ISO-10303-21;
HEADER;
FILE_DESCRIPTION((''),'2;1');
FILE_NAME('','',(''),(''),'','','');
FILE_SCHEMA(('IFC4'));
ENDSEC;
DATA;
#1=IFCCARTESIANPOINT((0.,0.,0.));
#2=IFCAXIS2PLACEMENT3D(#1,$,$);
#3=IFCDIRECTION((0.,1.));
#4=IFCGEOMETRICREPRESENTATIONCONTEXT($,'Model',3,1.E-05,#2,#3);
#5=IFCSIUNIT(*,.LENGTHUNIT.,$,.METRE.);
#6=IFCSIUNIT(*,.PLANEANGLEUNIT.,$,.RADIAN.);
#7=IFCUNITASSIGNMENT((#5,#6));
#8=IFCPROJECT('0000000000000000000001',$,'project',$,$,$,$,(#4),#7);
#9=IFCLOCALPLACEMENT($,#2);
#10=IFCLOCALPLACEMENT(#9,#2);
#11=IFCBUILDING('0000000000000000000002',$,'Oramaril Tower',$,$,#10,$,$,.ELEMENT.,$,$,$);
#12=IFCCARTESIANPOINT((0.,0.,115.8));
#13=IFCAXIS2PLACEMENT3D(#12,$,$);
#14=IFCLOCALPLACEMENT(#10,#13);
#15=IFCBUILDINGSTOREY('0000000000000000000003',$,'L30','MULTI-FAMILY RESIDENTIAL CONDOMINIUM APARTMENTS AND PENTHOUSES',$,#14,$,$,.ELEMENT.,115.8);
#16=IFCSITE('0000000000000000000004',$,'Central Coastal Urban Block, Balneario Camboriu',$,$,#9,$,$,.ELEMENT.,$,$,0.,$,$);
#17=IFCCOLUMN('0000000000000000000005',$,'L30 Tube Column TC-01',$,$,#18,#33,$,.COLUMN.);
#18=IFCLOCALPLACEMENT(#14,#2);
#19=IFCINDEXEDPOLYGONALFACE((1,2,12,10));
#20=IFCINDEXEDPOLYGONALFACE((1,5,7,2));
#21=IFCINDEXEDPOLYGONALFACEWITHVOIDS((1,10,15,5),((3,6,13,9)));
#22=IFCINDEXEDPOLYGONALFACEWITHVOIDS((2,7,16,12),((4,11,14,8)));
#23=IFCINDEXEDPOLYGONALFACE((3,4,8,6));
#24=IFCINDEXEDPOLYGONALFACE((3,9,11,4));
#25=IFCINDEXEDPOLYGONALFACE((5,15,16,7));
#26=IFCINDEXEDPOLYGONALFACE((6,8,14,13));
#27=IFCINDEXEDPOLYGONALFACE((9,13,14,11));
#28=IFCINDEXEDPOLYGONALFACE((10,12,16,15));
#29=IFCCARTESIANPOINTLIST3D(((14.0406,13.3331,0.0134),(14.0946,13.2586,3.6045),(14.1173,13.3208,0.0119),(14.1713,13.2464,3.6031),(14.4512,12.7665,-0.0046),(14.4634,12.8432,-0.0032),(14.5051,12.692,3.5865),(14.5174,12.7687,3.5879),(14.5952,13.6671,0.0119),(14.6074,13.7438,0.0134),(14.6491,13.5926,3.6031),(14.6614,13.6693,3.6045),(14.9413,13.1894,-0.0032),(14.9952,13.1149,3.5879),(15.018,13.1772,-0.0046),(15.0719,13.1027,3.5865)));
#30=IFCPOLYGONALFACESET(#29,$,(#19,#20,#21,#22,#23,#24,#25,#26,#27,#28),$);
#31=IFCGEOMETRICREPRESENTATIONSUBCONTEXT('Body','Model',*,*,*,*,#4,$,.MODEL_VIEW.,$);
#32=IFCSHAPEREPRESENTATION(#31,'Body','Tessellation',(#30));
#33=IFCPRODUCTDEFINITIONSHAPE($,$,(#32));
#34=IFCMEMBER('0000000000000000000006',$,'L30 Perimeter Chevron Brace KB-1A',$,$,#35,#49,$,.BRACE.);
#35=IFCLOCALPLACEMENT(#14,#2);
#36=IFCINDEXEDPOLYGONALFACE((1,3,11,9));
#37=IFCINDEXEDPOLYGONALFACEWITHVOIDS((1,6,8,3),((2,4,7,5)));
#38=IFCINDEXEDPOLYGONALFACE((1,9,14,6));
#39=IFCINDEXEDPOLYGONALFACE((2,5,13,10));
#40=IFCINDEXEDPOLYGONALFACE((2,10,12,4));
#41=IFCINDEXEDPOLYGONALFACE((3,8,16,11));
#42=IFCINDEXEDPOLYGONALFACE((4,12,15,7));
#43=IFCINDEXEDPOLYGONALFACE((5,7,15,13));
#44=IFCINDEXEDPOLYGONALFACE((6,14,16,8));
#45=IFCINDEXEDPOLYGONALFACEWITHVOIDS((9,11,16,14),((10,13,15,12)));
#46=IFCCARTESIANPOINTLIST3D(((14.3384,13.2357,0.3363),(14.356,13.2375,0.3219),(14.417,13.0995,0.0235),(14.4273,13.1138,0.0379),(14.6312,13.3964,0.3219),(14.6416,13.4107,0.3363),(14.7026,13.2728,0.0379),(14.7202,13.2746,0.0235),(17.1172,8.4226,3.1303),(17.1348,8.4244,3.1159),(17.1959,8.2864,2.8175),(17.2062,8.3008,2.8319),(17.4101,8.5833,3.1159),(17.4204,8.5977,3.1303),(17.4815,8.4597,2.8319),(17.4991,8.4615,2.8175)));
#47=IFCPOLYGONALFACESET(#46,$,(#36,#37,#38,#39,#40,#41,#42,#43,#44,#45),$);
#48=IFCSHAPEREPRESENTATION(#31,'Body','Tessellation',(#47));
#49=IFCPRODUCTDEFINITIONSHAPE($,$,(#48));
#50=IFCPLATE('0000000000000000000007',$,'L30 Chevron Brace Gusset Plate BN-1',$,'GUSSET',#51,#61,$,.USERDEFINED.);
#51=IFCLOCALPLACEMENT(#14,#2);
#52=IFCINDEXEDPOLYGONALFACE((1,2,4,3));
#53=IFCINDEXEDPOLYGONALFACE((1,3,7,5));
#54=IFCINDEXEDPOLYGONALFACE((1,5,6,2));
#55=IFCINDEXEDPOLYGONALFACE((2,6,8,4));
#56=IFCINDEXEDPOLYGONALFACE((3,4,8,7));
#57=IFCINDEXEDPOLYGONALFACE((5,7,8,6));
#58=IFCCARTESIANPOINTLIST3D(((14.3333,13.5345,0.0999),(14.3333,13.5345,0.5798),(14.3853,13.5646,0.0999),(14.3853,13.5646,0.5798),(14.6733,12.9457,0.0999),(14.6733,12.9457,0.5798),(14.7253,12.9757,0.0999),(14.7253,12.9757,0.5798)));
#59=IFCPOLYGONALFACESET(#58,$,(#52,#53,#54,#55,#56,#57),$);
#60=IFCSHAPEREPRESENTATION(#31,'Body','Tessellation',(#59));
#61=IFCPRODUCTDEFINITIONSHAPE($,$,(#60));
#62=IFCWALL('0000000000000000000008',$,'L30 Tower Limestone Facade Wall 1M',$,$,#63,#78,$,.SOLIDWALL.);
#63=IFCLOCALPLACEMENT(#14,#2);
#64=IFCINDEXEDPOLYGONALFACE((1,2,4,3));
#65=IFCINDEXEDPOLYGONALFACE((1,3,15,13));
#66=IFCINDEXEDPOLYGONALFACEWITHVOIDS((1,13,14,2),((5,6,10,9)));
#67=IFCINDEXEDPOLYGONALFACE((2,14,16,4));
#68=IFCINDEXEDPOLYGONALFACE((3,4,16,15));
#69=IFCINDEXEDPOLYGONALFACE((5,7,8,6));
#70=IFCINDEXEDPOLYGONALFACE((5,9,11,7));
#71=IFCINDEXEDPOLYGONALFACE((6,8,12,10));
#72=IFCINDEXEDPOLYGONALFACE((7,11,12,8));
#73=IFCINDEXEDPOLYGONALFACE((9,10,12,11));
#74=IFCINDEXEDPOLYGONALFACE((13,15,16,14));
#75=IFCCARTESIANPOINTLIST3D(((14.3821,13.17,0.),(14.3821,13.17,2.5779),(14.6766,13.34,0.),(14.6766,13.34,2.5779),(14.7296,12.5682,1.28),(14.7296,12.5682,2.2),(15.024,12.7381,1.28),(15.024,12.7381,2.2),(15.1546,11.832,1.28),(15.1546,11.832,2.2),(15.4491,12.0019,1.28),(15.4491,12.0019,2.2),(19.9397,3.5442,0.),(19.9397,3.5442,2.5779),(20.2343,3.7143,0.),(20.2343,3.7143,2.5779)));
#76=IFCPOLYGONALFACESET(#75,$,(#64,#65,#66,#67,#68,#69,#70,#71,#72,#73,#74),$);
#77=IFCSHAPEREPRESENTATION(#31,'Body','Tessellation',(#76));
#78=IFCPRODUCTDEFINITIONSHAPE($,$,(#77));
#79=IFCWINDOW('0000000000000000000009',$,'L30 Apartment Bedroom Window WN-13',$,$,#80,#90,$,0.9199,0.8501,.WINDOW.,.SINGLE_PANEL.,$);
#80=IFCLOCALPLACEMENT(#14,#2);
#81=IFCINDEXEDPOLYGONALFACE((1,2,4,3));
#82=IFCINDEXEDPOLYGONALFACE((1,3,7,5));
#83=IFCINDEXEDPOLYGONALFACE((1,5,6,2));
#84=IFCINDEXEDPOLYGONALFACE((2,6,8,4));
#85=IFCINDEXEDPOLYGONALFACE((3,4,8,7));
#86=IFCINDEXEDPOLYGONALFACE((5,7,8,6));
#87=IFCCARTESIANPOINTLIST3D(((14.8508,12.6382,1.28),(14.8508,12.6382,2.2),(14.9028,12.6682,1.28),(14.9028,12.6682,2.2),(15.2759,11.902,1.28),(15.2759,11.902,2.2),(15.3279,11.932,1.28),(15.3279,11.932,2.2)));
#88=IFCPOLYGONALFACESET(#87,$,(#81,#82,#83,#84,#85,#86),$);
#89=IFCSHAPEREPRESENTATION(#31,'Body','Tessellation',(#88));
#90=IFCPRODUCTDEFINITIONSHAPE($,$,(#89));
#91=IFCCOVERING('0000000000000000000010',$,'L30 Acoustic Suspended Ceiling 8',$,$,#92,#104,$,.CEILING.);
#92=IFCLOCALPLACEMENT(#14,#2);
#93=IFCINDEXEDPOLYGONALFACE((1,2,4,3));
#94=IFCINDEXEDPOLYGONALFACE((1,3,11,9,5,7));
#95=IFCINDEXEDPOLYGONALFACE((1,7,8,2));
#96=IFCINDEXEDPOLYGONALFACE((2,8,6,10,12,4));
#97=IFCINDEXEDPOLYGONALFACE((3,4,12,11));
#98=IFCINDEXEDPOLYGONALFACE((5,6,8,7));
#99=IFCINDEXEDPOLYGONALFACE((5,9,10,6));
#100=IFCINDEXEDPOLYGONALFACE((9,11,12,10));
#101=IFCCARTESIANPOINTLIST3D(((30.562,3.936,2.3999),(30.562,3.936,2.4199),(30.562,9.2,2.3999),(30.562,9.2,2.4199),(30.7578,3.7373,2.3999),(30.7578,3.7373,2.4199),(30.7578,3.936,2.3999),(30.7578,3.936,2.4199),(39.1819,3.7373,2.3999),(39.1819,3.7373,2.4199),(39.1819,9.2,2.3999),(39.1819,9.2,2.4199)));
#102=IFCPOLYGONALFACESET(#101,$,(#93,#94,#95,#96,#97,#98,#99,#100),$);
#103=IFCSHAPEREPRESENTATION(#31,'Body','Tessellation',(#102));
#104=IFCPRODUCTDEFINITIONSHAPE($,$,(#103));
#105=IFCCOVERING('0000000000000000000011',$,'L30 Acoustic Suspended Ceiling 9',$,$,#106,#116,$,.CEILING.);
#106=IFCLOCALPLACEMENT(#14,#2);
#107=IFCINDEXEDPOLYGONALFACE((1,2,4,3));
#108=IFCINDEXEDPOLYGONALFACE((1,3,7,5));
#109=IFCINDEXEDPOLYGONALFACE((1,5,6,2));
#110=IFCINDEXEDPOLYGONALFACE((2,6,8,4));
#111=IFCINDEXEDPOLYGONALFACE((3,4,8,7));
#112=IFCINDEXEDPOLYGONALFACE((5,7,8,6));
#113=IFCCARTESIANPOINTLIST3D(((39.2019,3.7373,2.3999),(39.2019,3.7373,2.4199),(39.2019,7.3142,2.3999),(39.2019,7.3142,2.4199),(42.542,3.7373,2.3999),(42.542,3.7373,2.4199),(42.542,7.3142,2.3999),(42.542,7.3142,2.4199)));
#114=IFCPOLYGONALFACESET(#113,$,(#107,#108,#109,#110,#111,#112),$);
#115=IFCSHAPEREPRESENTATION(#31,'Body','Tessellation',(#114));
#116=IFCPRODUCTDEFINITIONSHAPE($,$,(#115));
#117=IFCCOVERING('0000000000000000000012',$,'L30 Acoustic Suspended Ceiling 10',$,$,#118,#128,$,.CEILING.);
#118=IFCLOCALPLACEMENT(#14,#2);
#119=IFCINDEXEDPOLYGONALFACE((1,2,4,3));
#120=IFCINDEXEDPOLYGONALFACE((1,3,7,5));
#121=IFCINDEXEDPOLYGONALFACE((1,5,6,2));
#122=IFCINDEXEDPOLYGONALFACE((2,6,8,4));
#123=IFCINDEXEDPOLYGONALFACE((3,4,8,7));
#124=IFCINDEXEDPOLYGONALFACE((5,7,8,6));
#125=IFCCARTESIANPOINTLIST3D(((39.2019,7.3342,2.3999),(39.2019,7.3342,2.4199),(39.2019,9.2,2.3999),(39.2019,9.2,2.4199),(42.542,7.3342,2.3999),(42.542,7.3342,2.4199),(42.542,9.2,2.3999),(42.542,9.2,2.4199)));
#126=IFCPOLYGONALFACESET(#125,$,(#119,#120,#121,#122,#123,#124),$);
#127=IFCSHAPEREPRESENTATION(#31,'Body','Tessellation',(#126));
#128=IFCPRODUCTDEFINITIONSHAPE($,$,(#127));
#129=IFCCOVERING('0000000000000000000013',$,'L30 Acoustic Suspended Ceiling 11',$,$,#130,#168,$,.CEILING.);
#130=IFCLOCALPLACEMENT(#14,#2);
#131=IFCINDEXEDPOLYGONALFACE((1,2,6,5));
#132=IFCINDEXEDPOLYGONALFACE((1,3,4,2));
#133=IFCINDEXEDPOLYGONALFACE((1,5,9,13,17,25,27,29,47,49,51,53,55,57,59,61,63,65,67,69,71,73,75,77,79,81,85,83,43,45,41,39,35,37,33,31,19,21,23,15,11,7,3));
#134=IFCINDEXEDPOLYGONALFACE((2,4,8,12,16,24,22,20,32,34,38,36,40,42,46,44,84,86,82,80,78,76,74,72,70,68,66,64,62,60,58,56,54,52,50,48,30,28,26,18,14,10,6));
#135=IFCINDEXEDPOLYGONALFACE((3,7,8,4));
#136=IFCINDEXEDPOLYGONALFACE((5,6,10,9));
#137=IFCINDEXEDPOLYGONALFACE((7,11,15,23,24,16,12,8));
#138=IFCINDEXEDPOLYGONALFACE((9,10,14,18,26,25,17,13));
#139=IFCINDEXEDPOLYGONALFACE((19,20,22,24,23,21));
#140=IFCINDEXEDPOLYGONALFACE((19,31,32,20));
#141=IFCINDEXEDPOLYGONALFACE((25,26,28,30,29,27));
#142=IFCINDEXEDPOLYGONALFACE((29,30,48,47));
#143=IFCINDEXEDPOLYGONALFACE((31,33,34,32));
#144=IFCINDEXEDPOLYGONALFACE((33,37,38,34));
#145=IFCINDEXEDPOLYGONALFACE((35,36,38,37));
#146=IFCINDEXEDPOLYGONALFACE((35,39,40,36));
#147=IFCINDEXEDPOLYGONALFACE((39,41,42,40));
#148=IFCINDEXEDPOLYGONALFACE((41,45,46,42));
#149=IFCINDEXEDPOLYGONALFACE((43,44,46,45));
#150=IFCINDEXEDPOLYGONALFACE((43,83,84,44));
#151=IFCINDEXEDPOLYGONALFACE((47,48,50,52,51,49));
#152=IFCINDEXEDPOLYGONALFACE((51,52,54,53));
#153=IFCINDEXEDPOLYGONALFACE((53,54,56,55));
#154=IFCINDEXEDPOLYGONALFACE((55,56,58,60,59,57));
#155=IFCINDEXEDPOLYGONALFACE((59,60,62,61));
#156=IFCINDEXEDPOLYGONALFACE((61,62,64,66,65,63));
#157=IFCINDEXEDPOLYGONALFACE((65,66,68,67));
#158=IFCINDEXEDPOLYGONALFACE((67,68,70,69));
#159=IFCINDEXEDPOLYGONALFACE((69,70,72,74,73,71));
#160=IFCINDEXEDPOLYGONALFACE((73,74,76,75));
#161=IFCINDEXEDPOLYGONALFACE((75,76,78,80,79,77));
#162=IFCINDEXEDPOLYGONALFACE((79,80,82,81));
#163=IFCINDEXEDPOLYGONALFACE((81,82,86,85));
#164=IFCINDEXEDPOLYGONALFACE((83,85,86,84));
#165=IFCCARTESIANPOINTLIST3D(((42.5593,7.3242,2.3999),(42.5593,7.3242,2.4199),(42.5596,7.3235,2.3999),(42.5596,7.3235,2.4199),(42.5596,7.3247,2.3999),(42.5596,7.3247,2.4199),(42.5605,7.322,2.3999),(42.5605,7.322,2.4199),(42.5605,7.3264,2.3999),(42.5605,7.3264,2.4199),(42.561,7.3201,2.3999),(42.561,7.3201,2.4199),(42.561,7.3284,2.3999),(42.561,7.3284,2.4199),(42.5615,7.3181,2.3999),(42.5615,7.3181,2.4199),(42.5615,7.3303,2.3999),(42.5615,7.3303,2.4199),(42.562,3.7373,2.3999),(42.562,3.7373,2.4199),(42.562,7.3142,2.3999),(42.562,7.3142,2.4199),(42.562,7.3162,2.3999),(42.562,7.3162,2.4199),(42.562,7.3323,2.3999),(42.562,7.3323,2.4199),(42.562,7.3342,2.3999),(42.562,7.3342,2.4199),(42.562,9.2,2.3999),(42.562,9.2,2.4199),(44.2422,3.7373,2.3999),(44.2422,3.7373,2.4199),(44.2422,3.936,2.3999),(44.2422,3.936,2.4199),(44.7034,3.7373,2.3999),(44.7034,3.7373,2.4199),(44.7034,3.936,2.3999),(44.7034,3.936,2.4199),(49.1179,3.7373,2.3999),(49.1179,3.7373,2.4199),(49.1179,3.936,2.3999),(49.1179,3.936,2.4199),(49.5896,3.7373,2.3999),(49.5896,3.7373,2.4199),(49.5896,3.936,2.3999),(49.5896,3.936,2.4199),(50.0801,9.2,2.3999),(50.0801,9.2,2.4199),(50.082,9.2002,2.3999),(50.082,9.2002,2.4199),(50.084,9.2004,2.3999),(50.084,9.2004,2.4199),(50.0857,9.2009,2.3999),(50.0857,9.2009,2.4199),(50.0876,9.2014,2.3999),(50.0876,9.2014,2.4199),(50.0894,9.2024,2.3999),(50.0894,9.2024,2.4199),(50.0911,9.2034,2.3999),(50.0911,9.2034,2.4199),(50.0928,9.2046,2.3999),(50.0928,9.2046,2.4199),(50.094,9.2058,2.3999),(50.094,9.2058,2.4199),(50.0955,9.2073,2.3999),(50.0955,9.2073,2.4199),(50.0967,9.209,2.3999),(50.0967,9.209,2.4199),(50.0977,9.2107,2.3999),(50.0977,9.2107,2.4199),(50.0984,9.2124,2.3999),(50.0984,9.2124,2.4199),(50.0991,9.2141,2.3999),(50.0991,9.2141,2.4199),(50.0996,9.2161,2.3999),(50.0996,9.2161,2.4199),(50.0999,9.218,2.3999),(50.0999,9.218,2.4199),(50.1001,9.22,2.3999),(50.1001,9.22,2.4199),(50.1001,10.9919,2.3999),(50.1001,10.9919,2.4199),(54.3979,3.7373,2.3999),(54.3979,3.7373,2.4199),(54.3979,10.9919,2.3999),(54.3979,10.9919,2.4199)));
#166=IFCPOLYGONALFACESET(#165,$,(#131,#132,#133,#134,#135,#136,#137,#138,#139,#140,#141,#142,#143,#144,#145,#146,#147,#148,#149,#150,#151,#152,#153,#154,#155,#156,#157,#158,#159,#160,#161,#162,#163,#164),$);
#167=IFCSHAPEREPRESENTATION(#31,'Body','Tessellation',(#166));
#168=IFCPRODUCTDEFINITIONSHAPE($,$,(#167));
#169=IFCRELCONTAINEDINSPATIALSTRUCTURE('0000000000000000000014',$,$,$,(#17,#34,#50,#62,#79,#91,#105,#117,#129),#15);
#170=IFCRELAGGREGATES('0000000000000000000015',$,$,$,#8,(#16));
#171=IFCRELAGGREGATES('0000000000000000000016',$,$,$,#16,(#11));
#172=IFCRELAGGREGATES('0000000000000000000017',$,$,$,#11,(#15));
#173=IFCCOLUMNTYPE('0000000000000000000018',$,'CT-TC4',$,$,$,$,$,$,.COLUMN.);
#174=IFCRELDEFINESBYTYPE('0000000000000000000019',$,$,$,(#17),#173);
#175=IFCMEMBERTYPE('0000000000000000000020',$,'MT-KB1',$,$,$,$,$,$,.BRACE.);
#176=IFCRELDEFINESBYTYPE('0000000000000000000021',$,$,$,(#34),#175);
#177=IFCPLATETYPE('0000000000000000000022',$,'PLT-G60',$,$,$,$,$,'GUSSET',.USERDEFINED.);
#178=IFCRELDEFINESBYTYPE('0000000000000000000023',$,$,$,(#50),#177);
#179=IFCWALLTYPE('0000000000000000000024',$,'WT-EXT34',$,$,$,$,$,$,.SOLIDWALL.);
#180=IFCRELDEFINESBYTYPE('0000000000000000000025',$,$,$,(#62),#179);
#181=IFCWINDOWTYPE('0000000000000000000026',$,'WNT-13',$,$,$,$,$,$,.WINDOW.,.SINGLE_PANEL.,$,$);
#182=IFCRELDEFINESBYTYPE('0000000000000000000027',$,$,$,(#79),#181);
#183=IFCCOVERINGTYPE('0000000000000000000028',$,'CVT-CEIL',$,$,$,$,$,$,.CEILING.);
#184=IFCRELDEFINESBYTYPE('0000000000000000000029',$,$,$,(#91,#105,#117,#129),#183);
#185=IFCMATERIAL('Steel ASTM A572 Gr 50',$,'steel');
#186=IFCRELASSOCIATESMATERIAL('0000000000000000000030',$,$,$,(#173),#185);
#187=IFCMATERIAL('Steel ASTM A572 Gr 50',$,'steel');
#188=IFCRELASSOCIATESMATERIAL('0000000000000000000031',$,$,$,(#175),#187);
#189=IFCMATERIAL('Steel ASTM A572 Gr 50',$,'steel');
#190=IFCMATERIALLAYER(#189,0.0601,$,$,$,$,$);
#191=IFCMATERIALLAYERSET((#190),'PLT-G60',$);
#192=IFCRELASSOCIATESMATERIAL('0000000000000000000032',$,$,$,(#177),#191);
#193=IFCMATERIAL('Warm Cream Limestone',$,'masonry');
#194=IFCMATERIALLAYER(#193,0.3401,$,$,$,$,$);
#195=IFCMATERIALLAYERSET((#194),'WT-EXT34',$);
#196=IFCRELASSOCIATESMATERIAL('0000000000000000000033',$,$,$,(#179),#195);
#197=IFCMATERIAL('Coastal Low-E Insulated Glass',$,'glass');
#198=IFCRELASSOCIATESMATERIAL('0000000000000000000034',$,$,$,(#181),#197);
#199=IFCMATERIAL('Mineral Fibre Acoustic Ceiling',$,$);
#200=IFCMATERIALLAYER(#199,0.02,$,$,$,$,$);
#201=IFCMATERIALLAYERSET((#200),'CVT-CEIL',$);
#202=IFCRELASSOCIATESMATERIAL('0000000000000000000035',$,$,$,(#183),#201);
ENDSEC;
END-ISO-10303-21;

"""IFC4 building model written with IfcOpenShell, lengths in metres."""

from ifc_helpers import new_model, si_unit, direction, frame, frame_2d, origin, origin_2d, place, context, subcontext, project, spatial, polyline, rectangle, hollow_rectangle, outline, extrude, material, layer, layer_set, material_profile, profile_set, type_object, element, fill, save


model = new_model("IFC4")

# Units and contexts
model_context = context("Model", 3, precision=1e-05, world=origin(), true_north=direction((0.0, 1.0)))
body_context = subcontext(model_context, "Body", "Model", "MODEL_VIEW")
ifc_project = project(units=[si_unit("LENGTHUNIT", "METRE"), si_unit("PLANEANGLEUNIT", "RADIAN")], contexts=[model_context])

# Site, building, storey
site_placement = place(None, origin())
site = spatial("IfcSite", under=ifc_project, at=site_placement, Name="Central Coastal Urban Block, Balneario Camboriu", CompositionType="ELEMENT", RefElevation=0.0)
building_placement = place(site_placement, origin())
building = spatial("IfcBuilding", under=site, at=building_placement, Name="Oramaril Tower", CompositionType="ELEMENT")
storey_placement = place(building_placement, frame((0.0, 0.0, 115.8)))
storey = spatial("IfcBuildingStorey", under=building, at=storey_placement, Name="L30", Description="MULTI-FAMILY RESIDENTIAL CONDOMINIUM APARTMENTS AND PENTHOUSES", CompositionType="ELEMENT", Elevation=115.8)

# Column
ifc_material_1 = material(Name="Steel ASTM A572 Gr 50", Category="steel")
ifc_material_profile_1 = material_profile(ifc_material_1, hollow_rectangle(XDim=0.7, YDim=0.7, WallThickness=0.0549, at=origin_2d()), Name="BOX700X700X55")
ifc_profile_set_1 = profile_set([ifc_material_profile_1], Name="Steel ASTM A572 Gr 50")
column_type = type_object("IfcColumnType", Name="CT-TC4", PredefinedType="COLUMN", material=ifc_profile_set_1)
column_placement = place(storey_placement, frame((14.5293, 13.2551, 0.0044), z_axis=(0.01502, -0.020729, 0.999672), x_axis=(0.809768, 0.58675, 0.0)))
element("IfcColumn", 1, at=column_placement, inside=storey, type_object=column_type, Name="L30 Tube Column TC-01", PredefinedType="COLUMN", context=body_context, shape_type="SweptSolid", body=[
    extrude(hollow_rectangle(XDim=0.7, YDim=0.7, WallThickness=0.0549, at=origin_2d()), origin(), (0.0, 0.0, 1.0), 3.5923),
])

# Member
ifc_material_2 = material(Name="Steel ASTM A572 Gr 50", Category="steel")
ifc_material_profile_2 = material_profile(ifc_material_2, hollow_rectangle(XDim=0.3501, YDim=0.3501, WallThickness=0.0161, at=origin_2d()), Name="HSS350X350X16")
ifc_profile_set_2 = profile_set([ifc_material_profile_2], Name="Steel ASTM A572 Gr 50")
member_type = type_object("IfcMemberType", Name="MT-KB1", PredefinedType="BRACE", material=ifc_profile_set_2)
member_placement = place(storey_placement, frame((14.5293, 13.2551, 0.1799), z_axis=(0.446729, -0.773749, 0.449162), x_axis=(0.866023, 0.500004, 0.0)))
element("IfcMember", 2, at=member_placement, inside=storey, type_object=member_type, Name="L30 Perimeter Chevron Brace KB-1A", PredefinedType="BRACE", context=body_context, shape_type="SweptSolid", body=[
    extrude(hollow_rectangle(XDim=0.3501, YDim=0.3501, WallThickness=0.0161, at=origin_2d()), origin(), (0.0, 0.0, 1.0), 6.2205),
])

# Plate
ifc_material_3 = material(Name="Steel ASTM A572 Gr 50", Category="steel")
ifc_layer_1 = layer(ifc_material_3, 0.0601)
ifc_layer_set_1 = layer_set([ifc_layer_1], Name="PLT-G60")
plate_type = type_object("IfcPlateType", Name="PLT-G60", ElementType="GUSSET", PredefinedType="USERDEFINED", material=ifc_layer_set_1)
plate_placement = place(storey_placement, frame((14.5293, 13.2551, 0.0999), z_axis=(0.0, 0.0, 1.0), x_axis=(0.500003, -0.866024, 0.0)))
element("IfcPlate", 3, at=plate_placement, inside=storey, type_object=plate_type, Name="L30 Chevron Brace Gusset Plate BN-1", ObjectType="GUSSET", PredefinedType="USERDEFINED", context=body_context, shape_type="SweptSolid", body=[
    extrude(rectangle(XDim=0.6799, YDim=0.0601, at=origin_2d()), origin(), (0.0, 0.0, 1.0), 0.48),
])

# Wall, opening, window
ifc_material_4 = material(Name="Warm Cream Limestone", Category="masonry")
ifc_layer_2 = layer(ifc_material_4, 0.3401)
ifc_layer_set_2 = layer_set([ifc_layer_2], Name="WT-EXT34")
wall_type = type_object("IfcWallType", Name="WT-EXT34", PredefinedType="SOLIDWALL", material=ifc_layer_set_2)
wall_placement = place(storey_placement, frame((14.5293, 13.2551, 0.0), z_axis=(0.0, 0.0, 1.0), x_axis=(0.500013, -0.866018, 0.0)))
wall = element("IfcWall", 4, at=wall_placement, inside=storey, type_object=wall_type, Name="L30 Tower Limestone Facade Wall 1M", PredefinedType="SOLIDWALL", context=body_context, shape_type="SweptSolid", body=[
    extrude(rectangle(XDim=11.115, YDim=0.3401, at=frame_2d((5.5576, 0.0))), origin(), (0.0, 0.0, 1.0), 2.5779),
])
opening_placement = place(wall_placement, frame((0.6951, 0.0, 1.28)))
opening = element("IfcOpeningElement", 5, at=opening_placement, cuts=wall, PredefinedType="OPENING", context=body_context, shape_type="SweptSolid", body=[
    extrude(rectangle(XDim=0.8501, YDim=0.9199, at=frame_2d((0.425, 0.46))), frame((0.0, 0.1699, 0.0), z_axis=(0.0, -1.0, 0.0), x_axis=(1.0, 0.0, 0.0)), (0.0, 0.0, 1.0), 0.3401),
])
ifc_material_5 = material(Name="Coastal Low-E Insulated Glass", Category="glass")
window_type = type_object("IfcWindowType", Name="WNT-13", PartitioningType="SINGLE_PANEL", PredefinedType="WINDOW", material=ifc_material_5)
window_placement = place(opening_placement, origin())
window = element("IfcWindow", 6, at=window_placement, inside=storey, type_object=window_type, Name="L30 Apartment Bedroom Window WN-13", OverallHeight=0.9199, OverallWidth=0.8501, PartitioningType="SINGLE_PANEL", PredefinedType="WINDOW", context=body_context, shape_type="SweptSolid", body=[
    extrude(rectangle(XDim=0.8501, YDim=0.9199, at=frame_2d((0.425, 0.46))), frame((0.0, 0.03, 0.0), z_axis=(0.0, -1.0, 0.0), x_axis=(1.0, 0.0, 0.0)), (0.0, 0.0, 1.0), 0.0601),
])
fill(opening, window)

# Coverings
ifc_material_6 = material(Name="Mineral Fibre Acoustic Ceiling")
ifc_layer_3 = layer(ifc_material_6, 0.02)
ifc_layer_set_3 = layer_set([ifc_layer_3], Name="CVT-CEIL")
covering_type_1 = type_object("IfcCoveringType", Name="CVT-CEIL", PredefinedType="CEILING", material=ifc_layer_set_3)
covering_1_placement = place(storey_placement, frame((0.0, 0.0, 2.3999)))
element("IfcCovering", 7, at=covering_1_placement, inside=storey, type_object=covering_type_1, Name="L30 Acoustic Suspended Ceiling 8", PredefinedType="CEILING", context=body_context, shape_type="SweptSolid", body=[
    extrude(outline(polyline([(39.1819, 3.7373), (30.7578, 3.7373), (30.7578, 3.936), (30.562, 3.936), (30.562, 9.2), (39.1819, 9.2), (39.1819, 3.7373)])), origin(), (0.0, 0.0, 1.0), 0.02),
])
covering_2_placement = place(storey_placement, frame((0.0, 0.0, 2.3999)))
element("IfcCovering", 8, at=covering_2_placement, inside=storey, type_object=covering_type_1, Name="L30 Acoustic Suspended Ceiling 9", PredefinedType="CEILING", context=body_context, shape_type="SweptSolid", body=[
    extrude(outline(polyline([(42.542, 7.3142), (42.542, 3.7373), (39.2019, 3.7373), (39.2019, 7.3142), (42.542, 7.3142)])), origin(), (0.0, 0.0, 1.0), 0.02),
])
covering_3_placement = place(storey_placement, frame((0.0, 0.0, 2.3999)))
element("IfcCovering", 9, at=covering_3_placement, inside=storey, type_object=covering_type_1, Name="L30 Acoustic Suspended Ceiling 10", PredefinedType="CEILING", context=body_context, shape_type="SweptSolid", body=[
    extrude(outline(polyline([(42.542, 7.3342), (39.2019, 7.3342), (39.2019, 9.2), (42.542, 9.2), (42.542, 7.3342)])), origin(), (0.0, 0.0, 1.0), 0.02),
])
covering_4_placement = place(storey_placement, frame((0.0, 0.0, 2.3999)))
element("IfcCovering", 10, at=covering_4_placement, inside=storey, type_object=covering_type_1, Name="L30 Acoustic Suspended Ceiling 11", PredefinedType="CEILING", context=body_context, shape_type="SweptSolid", body=[
    extrude(outline(polyline([(54.3979, 10.9919), (54.3979, 3.7373), (49.5896, 3.7373), (49.5896, 3.936), (49.1179, 3.936), (49.1179, 3.7373), (44.7034, 3.7373), (44.7034, 3.936), (44.2422, 3.936), (44.2422, 3.7373), (42.562, 3.7373), (42.562, 7.3142), (42.562, 7.3162), (42.5615, 7.3181), (42.561, 7.3201), (42.5605, 7.322), (42.5596, 7.3235), (42.5593, 7.3242), (42.5596, 7.3247), (42.5605, 7.3264), (42.561, 7.3284), (42.5615, 7.3303), (42.562, 7.3323), (42.562, 7.3342), (42.562, 9.2), (50.0801, 9.2), (50.082, 9.2002), (50.084, 9.2004), (50.0857, 9.2009), (50.0876, 9.2014), (50.0894, 9.2024), (50.0911, 9.2034), (50.0928, 9.2046), (50.094, 9.2058), (50.0955, 9.2073), (50.0967, 9.209), (50.0977, 9.2107), (50.0984, 9.2124), (50.0991, 9.2141), (50.0996, 9.2161), (50.0999, 9.218), (50.1001, 9.22), (50.1001, 10.9919), (54.3979, 10.9919)])), origin(), (0.0, 0.0, 1.0), 0.02),
])

save(model, "model.ifc")
